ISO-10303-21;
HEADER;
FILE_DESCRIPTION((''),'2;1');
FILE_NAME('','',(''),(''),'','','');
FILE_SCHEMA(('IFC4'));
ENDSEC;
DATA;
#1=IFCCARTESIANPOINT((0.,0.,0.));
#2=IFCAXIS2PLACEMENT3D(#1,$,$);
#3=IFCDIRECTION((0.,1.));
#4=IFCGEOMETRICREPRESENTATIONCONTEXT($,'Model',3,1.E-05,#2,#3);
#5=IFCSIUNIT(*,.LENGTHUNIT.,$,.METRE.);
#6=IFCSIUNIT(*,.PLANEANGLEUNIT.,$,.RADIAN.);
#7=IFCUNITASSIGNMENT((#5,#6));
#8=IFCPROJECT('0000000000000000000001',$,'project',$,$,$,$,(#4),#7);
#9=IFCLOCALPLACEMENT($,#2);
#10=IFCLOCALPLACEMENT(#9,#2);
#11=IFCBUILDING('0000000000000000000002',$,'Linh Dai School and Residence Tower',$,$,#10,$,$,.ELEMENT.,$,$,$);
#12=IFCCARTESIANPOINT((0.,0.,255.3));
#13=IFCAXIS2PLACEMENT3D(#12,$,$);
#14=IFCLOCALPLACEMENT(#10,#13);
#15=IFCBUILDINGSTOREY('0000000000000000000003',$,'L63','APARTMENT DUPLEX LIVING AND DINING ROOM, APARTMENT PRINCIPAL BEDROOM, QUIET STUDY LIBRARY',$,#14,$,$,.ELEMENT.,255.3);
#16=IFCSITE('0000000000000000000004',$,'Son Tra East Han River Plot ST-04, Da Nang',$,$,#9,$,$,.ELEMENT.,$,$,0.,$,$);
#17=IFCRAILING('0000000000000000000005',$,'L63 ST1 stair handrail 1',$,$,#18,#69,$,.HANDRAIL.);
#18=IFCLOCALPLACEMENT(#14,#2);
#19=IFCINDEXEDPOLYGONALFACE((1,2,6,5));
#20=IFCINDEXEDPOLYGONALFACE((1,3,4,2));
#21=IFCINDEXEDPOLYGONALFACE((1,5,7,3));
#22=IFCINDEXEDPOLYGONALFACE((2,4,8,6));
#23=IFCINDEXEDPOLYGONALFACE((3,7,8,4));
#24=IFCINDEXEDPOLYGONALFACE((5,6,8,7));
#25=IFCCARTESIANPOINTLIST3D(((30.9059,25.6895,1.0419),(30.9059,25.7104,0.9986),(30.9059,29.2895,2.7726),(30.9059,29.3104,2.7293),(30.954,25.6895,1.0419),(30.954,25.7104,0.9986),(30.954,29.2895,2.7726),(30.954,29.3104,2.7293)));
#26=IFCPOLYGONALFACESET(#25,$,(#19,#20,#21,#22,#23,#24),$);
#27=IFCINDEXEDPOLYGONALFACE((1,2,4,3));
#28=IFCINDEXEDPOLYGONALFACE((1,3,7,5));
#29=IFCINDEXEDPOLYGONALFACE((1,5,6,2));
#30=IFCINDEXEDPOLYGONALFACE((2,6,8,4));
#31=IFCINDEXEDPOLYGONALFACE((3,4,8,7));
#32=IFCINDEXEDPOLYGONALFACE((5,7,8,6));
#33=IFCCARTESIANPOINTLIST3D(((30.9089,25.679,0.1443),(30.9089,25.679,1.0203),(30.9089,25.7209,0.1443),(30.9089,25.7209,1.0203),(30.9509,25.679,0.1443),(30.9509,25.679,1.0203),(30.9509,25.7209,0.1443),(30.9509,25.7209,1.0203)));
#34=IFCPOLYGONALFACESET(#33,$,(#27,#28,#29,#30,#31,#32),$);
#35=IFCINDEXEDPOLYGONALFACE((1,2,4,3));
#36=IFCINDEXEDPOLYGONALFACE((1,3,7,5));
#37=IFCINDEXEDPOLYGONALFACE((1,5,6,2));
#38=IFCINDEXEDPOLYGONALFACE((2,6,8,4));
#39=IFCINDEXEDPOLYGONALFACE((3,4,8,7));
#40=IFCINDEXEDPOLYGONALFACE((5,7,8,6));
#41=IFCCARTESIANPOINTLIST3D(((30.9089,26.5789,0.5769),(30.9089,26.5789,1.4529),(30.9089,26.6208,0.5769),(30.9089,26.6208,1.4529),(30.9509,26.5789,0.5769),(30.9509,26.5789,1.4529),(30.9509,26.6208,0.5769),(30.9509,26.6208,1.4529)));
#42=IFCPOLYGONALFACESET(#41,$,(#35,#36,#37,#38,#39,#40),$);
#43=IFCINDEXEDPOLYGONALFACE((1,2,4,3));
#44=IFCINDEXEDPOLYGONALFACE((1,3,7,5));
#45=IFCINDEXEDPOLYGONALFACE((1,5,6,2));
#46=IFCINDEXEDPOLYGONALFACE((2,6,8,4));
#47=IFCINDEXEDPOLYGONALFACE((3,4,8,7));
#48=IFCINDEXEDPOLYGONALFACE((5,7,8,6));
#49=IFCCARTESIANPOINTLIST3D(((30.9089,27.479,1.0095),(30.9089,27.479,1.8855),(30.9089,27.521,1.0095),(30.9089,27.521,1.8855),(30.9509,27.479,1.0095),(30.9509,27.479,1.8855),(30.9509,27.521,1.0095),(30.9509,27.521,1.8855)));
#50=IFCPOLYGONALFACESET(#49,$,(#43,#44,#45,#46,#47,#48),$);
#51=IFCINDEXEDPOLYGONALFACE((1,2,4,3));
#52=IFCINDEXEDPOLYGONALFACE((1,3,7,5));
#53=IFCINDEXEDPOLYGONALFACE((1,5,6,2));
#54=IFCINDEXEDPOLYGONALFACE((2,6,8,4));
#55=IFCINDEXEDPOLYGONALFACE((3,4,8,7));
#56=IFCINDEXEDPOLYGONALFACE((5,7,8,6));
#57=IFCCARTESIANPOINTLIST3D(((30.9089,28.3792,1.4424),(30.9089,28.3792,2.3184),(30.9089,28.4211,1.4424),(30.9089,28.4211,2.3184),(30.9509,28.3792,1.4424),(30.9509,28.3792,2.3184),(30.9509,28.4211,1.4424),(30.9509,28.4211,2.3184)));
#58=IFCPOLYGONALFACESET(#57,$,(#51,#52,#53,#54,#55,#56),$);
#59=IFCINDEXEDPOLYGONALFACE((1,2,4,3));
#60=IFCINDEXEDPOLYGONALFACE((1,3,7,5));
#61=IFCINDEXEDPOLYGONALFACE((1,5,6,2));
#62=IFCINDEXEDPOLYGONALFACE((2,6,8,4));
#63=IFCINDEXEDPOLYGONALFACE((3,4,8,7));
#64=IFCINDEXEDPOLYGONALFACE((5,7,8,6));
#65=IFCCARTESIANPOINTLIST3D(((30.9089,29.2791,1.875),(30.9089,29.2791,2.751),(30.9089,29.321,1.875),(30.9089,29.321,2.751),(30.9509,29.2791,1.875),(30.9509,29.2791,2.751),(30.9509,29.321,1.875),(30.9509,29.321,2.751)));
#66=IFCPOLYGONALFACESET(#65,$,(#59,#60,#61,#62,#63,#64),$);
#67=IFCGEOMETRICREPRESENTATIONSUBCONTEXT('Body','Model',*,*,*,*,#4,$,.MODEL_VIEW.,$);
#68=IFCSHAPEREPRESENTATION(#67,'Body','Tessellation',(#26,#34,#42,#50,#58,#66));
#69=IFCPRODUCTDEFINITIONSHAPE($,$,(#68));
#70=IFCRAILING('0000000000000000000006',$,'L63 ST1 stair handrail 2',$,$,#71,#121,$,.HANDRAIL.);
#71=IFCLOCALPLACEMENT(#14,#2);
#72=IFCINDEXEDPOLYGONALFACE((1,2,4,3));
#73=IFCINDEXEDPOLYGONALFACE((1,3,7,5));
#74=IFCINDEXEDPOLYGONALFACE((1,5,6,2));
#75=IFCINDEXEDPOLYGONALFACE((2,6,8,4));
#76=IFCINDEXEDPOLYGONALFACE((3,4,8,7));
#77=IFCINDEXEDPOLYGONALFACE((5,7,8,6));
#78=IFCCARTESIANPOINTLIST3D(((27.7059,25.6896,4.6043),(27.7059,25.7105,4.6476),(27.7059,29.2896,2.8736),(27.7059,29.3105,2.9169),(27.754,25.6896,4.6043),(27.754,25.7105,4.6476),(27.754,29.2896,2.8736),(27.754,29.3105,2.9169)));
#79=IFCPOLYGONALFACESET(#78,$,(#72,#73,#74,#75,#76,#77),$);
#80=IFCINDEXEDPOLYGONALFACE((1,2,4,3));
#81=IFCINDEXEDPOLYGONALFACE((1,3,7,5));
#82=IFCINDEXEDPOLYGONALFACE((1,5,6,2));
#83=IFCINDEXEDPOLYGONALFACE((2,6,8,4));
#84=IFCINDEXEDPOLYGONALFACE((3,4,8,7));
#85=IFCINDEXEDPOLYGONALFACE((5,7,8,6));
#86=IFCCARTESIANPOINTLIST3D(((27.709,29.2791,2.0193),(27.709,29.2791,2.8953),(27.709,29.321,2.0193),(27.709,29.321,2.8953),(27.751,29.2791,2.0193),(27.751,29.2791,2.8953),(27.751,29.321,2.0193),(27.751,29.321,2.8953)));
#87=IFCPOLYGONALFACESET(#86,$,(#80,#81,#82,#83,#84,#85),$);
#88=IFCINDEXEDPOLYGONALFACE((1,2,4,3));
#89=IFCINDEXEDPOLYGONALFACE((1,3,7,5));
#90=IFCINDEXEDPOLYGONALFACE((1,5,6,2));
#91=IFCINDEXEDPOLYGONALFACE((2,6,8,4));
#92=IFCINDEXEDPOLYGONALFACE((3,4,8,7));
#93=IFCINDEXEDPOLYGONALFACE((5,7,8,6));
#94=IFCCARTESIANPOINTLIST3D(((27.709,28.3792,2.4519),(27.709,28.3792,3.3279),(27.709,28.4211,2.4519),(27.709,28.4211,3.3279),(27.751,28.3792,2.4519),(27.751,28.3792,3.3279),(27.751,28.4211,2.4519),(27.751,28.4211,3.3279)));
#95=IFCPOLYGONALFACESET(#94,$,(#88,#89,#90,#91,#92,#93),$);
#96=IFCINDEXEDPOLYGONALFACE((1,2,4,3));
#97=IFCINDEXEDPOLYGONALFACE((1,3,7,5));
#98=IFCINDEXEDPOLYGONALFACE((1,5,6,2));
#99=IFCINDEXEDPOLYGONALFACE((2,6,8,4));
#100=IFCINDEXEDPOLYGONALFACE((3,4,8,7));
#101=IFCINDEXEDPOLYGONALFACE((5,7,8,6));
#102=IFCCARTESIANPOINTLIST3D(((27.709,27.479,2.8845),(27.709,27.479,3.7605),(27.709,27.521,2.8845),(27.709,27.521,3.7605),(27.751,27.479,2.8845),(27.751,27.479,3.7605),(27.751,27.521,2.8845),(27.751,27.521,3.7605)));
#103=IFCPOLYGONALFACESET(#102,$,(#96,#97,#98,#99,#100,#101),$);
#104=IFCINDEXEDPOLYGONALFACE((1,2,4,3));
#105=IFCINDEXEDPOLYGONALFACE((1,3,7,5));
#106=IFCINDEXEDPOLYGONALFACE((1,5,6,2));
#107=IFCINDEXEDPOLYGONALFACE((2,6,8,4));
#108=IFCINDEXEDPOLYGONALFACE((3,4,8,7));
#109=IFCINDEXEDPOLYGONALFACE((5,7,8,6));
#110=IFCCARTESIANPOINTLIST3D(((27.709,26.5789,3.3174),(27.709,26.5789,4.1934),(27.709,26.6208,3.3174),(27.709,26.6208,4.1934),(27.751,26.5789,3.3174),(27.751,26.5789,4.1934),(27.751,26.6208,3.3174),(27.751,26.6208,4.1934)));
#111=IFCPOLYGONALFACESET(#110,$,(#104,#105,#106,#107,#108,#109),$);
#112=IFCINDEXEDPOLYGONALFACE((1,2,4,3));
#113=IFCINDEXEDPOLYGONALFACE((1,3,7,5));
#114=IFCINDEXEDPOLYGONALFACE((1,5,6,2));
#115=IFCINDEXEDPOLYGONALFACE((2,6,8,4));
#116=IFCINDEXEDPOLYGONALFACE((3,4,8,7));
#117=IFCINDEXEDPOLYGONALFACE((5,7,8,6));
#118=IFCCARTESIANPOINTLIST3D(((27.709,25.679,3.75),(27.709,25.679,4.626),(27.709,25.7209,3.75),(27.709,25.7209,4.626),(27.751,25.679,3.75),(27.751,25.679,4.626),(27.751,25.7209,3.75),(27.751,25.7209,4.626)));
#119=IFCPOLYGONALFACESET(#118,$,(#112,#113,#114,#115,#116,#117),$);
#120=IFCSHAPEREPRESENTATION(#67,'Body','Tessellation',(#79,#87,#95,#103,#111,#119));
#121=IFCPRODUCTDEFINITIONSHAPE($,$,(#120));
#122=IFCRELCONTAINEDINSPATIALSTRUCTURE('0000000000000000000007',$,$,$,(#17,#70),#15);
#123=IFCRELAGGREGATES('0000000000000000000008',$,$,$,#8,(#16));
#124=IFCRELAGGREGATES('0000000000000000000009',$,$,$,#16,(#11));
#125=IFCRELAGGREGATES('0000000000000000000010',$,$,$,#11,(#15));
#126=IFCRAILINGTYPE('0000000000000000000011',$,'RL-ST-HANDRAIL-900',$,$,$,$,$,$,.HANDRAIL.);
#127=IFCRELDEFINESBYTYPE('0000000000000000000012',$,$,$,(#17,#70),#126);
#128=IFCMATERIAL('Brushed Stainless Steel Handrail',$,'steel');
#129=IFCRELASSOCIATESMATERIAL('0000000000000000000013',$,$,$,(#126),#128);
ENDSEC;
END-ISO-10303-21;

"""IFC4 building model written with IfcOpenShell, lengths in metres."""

from ifc_helpers import new_model, si_unit, direction, frame, origin, origin_2d, place, context, subcontext, project, spatial, rectangle, extrude, source, transform, mapped, material, type_object, element, save


model = new_model("IFC4")

# Units and contexts
model_context = context("Model", 3, precision=1e-05, world=origin(), true_north=direction((0.0, 1.0)))
body_context = subcontext(model_context, "Body", "Model", "MODEL_VIEW")
ifc_project = project(units=[si_unit("LENGTHUNIT", "METRE"), si_unit("PLANEANGLEUNIT", "RADIAN")], contexts=[model_context])

# Site, building, storey
site_placement = place(None, origin())
site = spatial("IfcSite", under=ifc_project, at=site_placement, Name="Son Tra East Han River Plot ST-04, Da Nang", CompositionType="ELEMENT", RefElevation=0.0)
building_placement = place(site_placement, origin())
building = spatial("IfcBuilding", under=site, at=building_placement, Name="Linh Dai School and Residence Tower", CompositionType="ELEMENT")
storey_placement = place(building_placement, frame((0.0, 0.0, 255.3)))
storey = spatial("IfcBuildingStorey", under=building, at=storey_placement, Name="L63", Description="APARTMENT DUPLEX LIVING AND DINING ROOM, APARTMENT PRINCIPAL BEDROOM, QUIET STUDY LIBRARY", CompositionType="ELEMENT", Elevation=255.3)

# Railings
ifc_material_1 = material(Name="Brushed Stainless Steel Handrail", Category="steel")
railing_type_1 = type_object("IfcRailingType", Name="RL-ST-HANDRAIL-900", PredefinedType="HANDRAIL", material=ifc_material_1)
shared_shape_1 = source(origin(), body_context, "Body", "SweptSolid", [
    extrude(rectangle(XDim=0.0481, YDim=0.0481, at=origin_2d()), frame((0.0, 0.0, 0.876), z_axis=(0.0, 0.901263, 0.433273), x_axis=(-1.0, 0.0, 0.0)), (0.0, 0.0, 1.0), 3.9944),
    extrude(rectangle(XDim=0.042, YDim=0.042, at=origin_2d()), origin(), (0.0, 0.0, 1.0), 0.876),
    extrude(rectangle(XDim=0.042, YDim=0.042, at=origin_2d()), frame((0.0, 0.8999, 0.4326)), (0.0, 0.0, 1.0), 0.876),
    extrude(rectangle(XDim=0.042, YDim=0.042, at=origin_2d()), frame((0.0, 1.8, 0.8652)), (0.0, 0.0, 1.0), 0.876),
    extrude(rectangle(XDim=0.042, YDim=0.042, at=origin_2d()), frame((0.0, 2.7002, 1.2981)), (0.0, 0.0, 1.0), 0.876),
    extrude(rectangle(XDim=0.042, YDim=0.042, at=origin_2d()), frame((0.0, 3.6001, 1.7307)), (0.0, 0.0, 1.0), 0.876),
])
railing_1_placement = place(storey_placement, frame((30.9299, 25.7, 0.1443)))
element("IfcRailing", 1, at=railing_1_placement, inside=storey, type_object=railing_type_1, Name="L63 ST1 stair handrail 1", PredefinedType="HANDRAIL", context=body_context, shape_type="MappedRepresentation", body=[
    mapped(shared_shape_1, transform((0.0, 0.0, 0.0), x_axis=(1.0, 0.0, 0.0), y_axis=(0.0, 1.0, 0.0), z_axis=(0.0, 0.0, 1.0), scale=1.0)),
])
shared_shape_2 = source(origin(), body_context, "Body", "SweptSolid", [
    extrude(rectangle(XDim=0.0481, YDim=0.0481, at=origin_2d()), frame((0.0, 0.0, 0.876), z_axis=(0.0, -0.901263, 0.433273), x_axis=(1.0, 0.0, 0.0)), (0.0, 0.0, 1.0), 3.9944),
    extrude(rectangle(XDim=0.042, YDim=0.042, at=origin_2d()), origin(), (0.0, 0.0, 1.0), 0.876),
    extrude(rectangle(XDim=0.042, YDim=0.042, at=origin_2d()), frame((0.0, -0.8999, 0.4326)), (0.0, 0.0, 1.0), 0.876),
    extrude(rectangle(XDim=0.042, YDim=0.042, at=origin_2d()), frame((0.0, -1.8, 0.8652)), (0.0, 0.0, 1.0), 0.876),
    extrude(rectangle(XDim=0.042, YDim=0.042, at=origin_2d()), frame((0.0, -2.7002, 1.2981)), (0.0, 0.0, 1.0), 0.876),
    extrude(rectangle(XDim=0.042, YDim=0.042, at=origin_2d()), frame((0.0, -3.6001, 1.7307)), (0.0, 0.0, 1.0), 0.876),
])
railing_2_placement = place(storey_placement, frame((27.73, 29.3, 2.0193)))
element("IfcRailing", 2, at=railing_2_placement, inside=storey, type_object=railing_type_1, Name="L63 ST1 stair handrail 2", PredefinedType="HANDRAIL", context=body_context, shape_type="MappedRepresentation", body=[
    mapped(shared_shape_2, transform((0.0, 0.0, 0.0), x_axis=(1.0, 0.0, 0.0), y_axis=(0.0, 1.0, 0.0), z_axis=(0.0, 0.0, 1.0), scale=1.0)),
])

save(model, "model.ifc")
